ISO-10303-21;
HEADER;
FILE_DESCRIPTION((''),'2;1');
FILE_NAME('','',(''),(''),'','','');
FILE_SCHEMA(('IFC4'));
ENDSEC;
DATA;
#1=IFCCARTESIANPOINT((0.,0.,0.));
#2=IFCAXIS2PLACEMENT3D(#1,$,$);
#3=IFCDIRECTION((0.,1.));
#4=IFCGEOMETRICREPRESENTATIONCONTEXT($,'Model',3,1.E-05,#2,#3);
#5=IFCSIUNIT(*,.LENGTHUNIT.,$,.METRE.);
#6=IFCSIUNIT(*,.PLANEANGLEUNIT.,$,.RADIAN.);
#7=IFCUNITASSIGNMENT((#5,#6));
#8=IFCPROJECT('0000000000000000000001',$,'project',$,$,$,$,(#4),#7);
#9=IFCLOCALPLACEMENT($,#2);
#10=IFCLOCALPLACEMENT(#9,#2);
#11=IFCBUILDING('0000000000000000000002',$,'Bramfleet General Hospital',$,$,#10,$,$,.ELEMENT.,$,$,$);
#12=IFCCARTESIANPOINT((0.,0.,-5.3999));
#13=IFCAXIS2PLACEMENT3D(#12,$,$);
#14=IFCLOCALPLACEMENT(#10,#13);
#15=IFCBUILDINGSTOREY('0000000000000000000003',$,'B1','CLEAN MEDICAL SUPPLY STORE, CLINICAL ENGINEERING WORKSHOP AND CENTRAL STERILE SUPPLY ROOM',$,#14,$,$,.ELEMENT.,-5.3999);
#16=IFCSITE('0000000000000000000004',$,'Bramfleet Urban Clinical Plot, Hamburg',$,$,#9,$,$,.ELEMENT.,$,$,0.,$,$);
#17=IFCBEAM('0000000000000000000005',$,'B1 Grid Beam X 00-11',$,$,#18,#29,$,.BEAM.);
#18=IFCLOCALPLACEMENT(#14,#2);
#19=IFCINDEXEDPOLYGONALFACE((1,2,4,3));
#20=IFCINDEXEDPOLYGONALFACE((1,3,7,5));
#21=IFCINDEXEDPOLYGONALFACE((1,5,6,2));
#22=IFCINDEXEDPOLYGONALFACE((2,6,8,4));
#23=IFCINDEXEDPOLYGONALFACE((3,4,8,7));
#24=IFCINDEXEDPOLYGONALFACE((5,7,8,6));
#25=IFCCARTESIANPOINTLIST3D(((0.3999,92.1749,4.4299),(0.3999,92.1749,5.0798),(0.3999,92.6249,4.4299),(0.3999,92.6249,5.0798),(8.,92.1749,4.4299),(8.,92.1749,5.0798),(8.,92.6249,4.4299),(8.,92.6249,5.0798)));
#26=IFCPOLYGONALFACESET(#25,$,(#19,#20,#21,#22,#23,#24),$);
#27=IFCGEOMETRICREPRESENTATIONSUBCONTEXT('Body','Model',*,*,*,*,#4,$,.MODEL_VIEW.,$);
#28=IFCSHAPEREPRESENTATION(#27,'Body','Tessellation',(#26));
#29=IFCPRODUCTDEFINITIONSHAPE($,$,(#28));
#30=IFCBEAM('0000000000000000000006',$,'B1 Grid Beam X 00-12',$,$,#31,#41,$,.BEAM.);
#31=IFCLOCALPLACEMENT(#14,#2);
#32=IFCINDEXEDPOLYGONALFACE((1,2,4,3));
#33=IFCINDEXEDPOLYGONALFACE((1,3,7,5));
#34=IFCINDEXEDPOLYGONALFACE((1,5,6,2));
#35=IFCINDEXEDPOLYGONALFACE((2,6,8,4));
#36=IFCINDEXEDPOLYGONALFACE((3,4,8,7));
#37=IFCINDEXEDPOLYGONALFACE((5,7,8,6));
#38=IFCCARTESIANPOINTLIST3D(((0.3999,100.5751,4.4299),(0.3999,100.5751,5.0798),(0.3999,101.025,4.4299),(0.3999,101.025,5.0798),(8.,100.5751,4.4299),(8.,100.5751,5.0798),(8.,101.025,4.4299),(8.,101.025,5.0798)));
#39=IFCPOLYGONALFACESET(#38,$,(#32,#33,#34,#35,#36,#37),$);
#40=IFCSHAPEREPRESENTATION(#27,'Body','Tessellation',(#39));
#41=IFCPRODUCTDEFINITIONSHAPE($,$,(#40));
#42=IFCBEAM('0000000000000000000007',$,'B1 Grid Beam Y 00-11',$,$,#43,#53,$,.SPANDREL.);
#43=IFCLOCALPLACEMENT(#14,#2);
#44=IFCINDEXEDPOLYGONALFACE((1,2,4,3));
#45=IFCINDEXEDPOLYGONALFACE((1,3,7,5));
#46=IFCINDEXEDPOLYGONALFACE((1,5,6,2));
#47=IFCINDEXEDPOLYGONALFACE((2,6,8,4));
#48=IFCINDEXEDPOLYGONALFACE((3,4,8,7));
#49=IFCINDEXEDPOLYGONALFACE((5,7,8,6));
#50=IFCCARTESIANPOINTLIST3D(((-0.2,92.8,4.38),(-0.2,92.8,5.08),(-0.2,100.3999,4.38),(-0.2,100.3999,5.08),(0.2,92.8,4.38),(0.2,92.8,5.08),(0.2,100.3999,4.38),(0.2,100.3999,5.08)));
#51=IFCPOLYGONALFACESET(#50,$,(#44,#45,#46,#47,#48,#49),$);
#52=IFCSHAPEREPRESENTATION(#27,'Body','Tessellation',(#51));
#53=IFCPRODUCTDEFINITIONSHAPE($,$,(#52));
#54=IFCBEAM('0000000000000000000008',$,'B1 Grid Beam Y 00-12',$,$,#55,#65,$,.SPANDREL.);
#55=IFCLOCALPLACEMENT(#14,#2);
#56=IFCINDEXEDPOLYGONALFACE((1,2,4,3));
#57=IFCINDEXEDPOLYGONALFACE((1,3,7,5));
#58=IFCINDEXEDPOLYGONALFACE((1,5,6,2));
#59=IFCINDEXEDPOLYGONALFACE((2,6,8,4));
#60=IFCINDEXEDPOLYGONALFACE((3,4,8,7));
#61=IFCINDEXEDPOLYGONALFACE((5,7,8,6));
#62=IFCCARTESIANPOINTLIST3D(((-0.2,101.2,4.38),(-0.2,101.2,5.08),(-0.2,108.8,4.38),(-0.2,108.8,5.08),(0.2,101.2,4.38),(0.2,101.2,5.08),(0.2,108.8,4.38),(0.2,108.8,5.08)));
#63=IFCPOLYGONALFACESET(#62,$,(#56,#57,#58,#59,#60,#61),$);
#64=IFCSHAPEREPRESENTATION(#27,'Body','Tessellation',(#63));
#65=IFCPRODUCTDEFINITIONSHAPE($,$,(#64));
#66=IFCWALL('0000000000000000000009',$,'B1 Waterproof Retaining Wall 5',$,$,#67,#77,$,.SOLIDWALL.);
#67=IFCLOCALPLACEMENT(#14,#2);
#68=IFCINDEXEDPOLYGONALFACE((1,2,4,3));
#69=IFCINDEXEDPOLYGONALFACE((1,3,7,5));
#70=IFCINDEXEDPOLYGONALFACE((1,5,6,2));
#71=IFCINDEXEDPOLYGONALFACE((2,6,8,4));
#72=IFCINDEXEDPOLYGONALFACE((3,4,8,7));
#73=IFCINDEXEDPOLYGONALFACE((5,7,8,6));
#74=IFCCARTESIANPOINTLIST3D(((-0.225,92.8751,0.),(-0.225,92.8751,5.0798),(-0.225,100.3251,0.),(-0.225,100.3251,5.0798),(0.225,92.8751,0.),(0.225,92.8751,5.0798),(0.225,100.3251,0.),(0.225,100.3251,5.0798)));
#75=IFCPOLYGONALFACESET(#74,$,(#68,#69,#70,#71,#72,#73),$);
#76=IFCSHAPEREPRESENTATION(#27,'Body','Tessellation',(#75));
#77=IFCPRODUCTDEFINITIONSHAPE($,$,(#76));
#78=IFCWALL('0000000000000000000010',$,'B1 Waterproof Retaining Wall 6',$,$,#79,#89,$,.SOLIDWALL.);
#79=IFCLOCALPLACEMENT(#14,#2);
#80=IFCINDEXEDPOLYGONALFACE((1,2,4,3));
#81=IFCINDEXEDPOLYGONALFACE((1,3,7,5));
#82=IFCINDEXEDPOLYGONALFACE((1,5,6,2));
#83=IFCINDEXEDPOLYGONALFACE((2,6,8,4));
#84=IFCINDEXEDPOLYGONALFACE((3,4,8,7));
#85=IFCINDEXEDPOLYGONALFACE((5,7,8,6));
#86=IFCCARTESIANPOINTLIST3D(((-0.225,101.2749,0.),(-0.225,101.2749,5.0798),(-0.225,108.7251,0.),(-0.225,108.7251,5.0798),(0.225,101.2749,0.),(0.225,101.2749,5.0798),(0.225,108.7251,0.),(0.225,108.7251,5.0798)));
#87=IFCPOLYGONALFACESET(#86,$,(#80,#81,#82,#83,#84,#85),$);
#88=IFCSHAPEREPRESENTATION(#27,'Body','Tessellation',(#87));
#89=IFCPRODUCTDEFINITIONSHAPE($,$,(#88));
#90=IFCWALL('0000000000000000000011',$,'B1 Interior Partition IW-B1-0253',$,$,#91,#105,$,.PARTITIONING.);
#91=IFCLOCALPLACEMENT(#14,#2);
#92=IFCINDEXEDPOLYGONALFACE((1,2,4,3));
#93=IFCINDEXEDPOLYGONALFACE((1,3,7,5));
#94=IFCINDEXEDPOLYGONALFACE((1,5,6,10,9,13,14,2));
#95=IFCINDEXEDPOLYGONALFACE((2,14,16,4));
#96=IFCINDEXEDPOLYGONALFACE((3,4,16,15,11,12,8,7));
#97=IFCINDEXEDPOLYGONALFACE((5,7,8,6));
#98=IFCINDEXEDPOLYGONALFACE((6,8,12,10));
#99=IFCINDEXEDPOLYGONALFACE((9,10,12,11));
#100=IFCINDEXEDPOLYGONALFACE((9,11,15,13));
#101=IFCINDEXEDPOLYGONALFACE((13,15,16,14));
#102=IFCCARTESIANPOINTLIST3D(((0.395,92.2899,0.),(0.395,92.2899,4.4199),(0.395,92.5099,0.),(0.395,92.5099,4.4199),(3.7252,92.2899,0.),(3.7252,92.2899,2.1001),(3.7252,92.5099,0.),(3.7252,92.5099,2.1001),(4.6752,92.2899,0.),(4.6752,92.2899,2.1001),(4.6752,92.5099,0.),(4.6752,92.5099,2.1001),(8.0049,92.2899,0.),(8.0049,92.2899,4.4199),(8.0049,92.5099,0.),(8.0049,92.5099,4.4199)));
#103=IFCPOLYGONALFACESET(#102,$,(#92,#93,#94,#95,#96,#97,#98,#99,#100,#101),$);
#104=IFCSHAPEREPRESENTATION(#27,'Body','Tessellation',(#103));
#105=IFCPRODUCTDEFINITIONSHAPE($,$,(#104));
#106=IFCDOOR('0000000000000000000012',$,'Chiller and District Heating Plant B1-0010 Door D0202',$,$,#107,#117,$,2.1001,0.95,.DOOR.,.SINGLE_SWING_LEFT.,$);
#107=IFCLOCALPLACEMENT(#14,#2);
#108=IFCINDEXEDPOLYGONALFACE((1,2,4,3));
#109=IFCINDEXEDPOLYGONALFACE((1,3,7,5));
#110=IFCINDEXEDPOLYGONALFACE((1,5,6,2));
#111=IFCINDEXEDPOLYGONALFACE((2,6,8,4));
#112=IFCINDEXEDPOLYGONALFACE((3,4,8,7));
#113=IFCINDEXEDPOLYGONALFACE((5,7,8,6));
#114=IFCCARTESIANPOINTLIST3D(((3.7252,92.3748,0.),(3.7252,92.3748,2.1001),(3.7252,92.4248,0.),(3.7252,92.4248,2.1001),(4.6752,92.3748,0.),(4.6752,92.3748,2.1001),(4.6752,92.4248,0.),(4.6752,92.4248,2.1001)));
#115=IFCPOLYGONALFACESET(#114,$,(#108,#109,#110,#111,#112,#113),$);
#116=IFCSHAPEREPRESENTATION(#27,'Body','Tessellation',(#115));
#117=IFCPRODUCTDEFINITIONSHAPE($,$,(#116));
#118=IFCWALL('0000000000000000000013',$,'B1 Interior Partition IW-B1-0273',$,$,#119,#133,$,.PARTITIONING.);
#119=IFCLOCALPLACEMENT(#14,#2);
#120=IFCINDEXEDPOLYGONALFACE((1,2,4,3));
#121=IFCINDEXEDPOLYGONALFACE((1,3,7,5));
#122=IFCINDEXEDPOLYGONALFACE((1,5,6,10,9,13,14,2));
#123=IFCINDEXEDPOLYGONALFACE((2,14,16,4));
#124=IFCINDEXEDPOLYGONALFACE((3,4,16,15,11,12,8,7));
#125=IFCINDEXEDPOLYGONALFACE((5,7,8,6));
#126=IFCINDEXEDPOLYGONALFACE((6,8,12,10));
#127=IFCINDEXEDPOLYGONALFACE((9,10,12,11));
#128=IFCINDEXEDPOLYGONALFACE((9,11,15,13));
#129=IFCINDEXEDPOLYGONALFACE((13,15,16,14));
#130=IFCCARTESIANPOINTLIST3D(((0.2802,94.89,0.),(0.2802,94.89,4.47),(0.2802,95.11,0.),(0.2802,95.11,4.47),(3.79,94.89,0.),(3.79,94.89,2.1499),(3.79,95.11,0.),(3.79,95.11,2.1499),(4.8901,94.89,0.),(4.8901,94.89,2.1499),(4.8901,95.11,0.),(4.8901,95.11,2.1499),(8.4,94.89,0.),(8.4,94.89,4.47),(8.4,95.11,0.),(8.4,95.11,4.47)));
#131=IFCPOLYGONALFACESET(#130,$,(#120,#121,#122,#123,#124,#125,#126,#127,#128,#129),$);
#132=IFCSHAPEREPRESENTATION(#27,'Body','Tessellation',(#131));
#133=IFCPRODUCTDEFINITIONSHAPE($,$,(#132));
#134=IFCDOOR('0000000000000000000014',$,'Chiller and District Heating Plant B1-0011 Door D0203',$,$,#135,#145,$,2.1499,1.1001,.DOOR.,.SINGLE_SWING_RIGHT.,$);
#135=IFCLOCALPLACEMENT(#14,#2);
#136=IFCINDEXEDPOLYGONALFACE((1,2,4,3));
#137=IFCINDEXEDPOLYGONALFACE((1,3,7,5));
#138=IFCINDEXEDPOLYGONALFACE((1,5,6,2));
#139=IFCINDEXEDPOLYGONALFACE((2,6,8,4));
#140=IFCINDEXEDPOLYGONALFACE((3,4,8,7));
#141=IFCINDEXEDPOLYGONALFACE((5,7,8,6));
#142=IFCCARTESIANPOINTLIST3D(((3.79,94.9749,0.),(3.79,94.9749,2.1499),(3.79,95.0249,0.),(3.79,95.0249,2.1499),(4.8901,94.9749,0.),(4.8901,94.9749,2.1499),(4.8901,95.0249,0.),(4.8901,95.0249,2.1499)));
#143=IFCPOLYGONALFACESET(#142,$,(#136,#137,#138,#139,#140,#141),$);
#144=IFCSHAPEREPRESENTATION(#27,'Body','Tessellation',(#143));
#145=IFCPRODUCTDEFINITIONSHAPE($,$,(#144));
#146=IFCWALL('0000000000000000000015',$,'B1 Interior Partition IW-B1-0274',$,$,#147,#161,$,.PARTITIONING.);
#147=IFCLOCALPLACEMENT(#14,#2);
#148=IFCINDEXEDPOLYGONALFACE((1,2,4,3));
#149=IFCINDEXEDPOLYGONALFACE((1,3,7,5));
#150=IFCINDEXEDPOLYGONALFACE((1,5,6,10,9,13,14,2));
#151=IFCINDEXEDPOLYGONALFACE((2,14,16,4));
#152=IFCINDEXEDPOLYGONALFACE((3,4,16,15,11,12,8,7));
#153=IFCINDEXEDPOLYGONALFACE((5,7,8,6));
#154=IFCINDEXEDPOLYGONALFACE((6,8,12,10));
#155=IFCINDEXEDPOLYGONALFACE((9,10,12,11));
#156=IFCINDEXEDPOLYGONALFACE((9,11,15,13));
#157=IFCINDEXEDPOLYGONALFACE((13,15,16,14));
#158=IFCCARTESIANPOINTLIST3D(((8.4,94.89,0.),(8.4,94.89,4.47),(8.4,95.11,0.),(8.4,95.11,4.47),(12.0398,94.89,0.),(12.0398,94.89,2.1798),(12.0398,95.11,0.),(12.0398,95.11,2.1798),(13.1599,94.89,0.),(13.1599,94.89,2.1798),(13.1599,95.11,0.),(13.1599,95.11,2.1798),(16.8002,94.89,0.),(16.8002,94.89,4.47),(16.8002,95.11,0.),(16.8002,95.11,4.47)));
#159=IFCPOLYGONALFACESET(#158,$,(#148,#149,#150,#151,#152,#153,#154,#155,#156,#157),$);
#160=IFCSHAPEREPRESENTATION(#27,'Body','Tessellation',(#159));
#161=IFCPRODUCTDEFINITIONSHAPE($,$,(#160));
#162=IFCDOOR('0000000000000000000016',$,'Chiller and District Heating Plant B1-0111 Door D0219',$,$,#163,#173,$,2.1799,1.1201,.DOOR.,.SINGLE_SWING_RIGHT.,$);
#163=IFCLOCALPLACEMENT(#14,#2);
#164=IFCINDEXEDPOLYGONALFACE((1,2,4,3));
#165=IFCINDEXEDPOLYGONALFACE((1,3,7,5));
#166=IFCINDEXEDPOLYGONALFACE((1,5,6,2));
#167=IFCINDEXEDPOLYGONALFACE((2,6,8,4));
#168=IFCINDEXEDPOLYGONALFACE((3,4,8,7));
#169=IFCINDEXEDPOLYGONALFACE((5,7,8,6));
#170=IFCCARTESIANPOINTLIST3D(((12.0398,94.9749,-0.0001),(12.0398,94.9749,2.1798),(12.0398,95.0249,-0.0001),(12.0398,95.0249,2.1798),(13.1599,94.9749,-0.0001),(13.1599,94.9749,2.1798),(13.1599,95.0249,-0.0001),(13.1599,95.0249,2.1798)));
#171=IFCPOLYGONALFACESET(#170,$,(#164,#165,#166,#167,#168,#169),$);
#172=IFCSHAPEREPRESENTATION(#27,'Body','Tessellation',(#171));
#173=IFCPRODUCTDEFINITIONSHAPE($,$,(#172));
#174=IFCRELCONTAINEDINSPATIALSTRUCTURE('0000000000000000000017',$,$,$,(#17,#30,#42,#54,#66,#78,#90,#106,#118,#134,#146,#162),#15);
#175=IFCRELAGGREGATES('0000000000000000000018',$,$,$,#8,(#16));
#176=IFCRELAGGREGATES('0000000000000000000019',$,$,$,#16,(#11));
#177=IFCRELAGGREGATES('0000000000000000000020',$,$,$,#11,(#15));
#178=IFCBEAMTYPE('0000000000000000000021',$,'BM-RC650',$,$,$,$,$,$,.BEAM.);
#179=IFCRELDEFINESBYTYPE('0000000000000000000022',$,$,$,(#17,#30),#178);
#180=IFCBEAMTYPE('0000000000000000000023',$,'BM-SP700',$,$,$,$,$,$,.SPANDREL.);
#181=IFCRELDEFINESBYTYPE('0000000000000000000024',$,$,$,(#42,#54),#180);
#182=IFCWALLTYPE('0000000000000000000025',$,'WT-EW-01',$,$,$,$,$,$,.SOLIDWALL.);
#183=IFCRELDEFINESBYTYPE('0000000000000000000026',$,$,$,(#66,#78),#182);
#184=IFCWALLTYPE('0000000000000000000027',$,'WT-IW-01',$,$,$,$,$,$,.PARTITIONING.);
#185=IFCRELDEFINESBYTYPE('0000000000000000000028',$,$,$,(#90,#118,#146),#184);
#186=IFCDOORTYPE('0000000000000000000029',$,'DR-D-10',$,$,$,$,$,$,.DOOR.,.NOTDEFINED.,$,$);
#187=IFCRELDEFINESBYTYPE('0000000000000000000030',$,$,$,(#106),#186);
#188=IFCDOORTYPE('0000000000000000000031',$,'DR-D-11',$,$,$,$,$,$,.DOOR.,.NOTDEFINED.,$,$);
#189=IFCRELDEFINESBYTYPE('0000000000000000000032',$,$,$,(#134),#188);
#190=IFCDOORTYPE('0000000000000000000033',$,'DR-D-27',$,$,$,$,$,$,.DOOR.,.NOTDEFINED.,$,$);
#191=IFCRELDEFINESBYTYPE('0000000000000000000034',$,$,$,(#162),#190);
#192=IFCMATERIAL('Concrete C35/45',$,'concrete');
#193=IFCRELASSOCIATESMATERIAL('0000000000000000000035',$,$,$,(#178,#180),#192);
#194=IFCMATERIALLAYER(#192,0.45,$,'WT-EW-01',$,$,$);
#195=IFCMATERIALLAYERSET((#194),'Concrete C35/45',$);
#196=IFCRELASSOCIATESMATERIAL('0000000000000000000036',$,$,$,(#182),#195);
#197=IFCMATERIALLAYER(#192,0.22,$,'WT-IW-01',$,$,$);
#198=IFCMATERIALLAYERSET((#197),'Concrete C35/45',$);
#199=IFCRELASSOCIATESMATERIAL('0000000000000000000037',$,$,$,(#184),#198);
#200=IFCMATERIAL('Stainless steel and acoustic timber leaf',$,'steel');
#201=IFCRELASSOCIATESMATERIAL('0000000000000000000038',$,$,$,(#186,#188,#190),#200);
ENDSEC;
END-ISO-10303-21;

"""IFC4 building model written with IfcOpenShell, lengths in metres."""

from ifc_helpers import new_model, si_unit, direction, frame, frame_2d, origin, origin_2d, place, context, subcontext, project, spatial, rectangle, extrude, material, layer, layer_set, material_profile, profile_set, type_object, element, fill, save


model = new_model("IFC4")

# Units and contexts
model_context = context("Model", 3, precision=1e-05, world=origin(), true_north=direction((0.0, 1.0)))
body_context = subcontext(model_context, "Body", "Model", "MODEL_VIEW")
ifc_project = project(units=[si_unit("LENGTHUNIT", "METRE"), si_unit("PLANEANGLEUNIT", "RADIAN")], contexts=[model_context])

# Site, building, storey
site_placement = place(None, origin())
site = spatial("IfcSite", under=ifc_project, at=site_placement, Name="Bramfleet Urban Clinical Plot, Hamburg", CompositionType="ELEMENT", RefElevation=0.0)
building_placement = place(site_placement, origin())
building = spatial("IfcBuilding", under=site, at=building_placement, Name="Bramfleet General Hospital", CompositionType="ELEMENT")
storey_placement = place(building_placement, frame((0.0, 0.0, -5.3999)))
storey = spatial("IfcBuildingStorey", under=building, at=storey_placement, Name="B1", Description="CLEAN MEDICAL SUPPLY STORE, CLINICAL ENGINEERING WORKSHOP AND CENTRAL STERILE SUPPLY ROOM", CompositionType="ELEMENT", Elevation=-5.3999)

# Shared definitions
ifc_material_1 = material(Name="Concrete C35/45", Category="concrete")

# Beams
ifc_material_profile_1 = material_profile(ifc_material_1, rectangle(XDim=0.45, YDim=0.6499, at=origin_2d()), Name="RC BM 650x450")
ifc_profile_set_1 = profile_set([ifc_material_profile_1], Name="Concrete C35/45")
beam_type_1 = type_object("IfcBeamType", Name="BM-RC650", PredefinedType="BEAM", material=ifc_profile_set_1)
for number, where, z_axis, x_axis, name in (
    (1, (0.3999, 92.3999, 4.7549), (1.0, 0.0, 0.0), (0.0, 1.0, 0.0), "B1 Grid Beam X 00-11"),
    (2, (0.3999, 100.8, 4.7549), (1.0, 0.0, 0.0), (0.0, 1.0, 0.0), "B1 Grid Beam X 00-12"),
):
    element("IfcBeam", number, at=place(storey_placement, frame(where, z_axis=z_axis, x_axis=x_axis)), inside=storey, type_object=beam_type_1, Name=name, PredefinedType="BEAM", context=body_context, shape_type="SweptSolid", body=[
        extrude(rectangle(XDim=0.45, YDim=0.6499, at=origin_2d()), origin(), (0.0, 0.0, 1.0), 7.6001),
    ])
ifc_material_profile_2 = material_profile(ifc_material_1, rectangle(XDim=0.3999, YDim=0.7, at=origin_2d()), Name="RC SP 700x400")
ifc_profile_set_2 = profile_set([ifc_material_profile_2], Name="Concrete C35/45")
beam_type_2 = type_object("IfcBeamType", Name="BM-SP700", PredefinedType="SPANDREL", material=ifc_profile_set_2)
beam_1_placement = place(storey_placement, frame((0.0, 92.8, 4.73), z_axis=(0.0, 1.0, 0.0), x_axis=(-1.0, 0.0, 0.0)))
element("IfcBeam", 3, at=beam_1_placement, inside=storey, type_object=beam_type_2, Name="B1 Grid Beam Y 00-11", PredefinedType="SPANDREL", context=body_context, shape_type="SweptSolid", body=[
    extrude(rectangle(XDim=0.3999, YDim=0.7, at=origin_2d()), origin(), (0.0, 0.0, 1.0), 7.5999),
])
beam_2_placement = place(storey_placement, frame((0.0, 101.2, 4.73), z_axis=(0.0, 1.0, 0.0), x_axis=(-1.0, 0.0, 0.0)))
element("IfcBeam", 4, at=beam_2_placement, inside=storey, type_object=beam_type_2, Name="B1 Grid Beam Y 00-12", PredefinedType="SPANDREL", context=body_context, shape_type="SweptSolid", body=[
    extrude(rectangle(XDim=0.3999, YDim=0.7, at=origin_2d()), origin(), (0.0, 0.0, 1.0), 7.6001),
])

# Walls
ifc_layer_1 = layer(ifc_material_1, 0.45, Name="WT-EW-01")
ifc_layer_set_1 = layer_set([ifc_layer_1], Name="Concrete C35/45")
wall_type_1 = type_object("IfcWallType", Name="WT-EW-01", PredefinedType="SOLIDWALL", material=ifc_layer_set_1)
wall_1_placement = place(storey_placement, frame((0.0, 92.875, 0.0), z_axis=(0.0, 0.0, 1.0), x_axis=(0.0, 1.0, 0.0)))
element("IfcWall", 5, at=wall_1_placement, inside=storey, type_object=wall_type_1, Name="B1 Waterproof Retaining Wall 5", PredefinedType="SOLIDWALL", context=body_context, shape_type="SweptSolid", body=[
    extrude(rectangle(XDim=7.45, YDim=0.45, at=frame_2d((3.7251, 0.0))), origin(), (0.0, 0.0, 1.0), 5.0798),
])
wall_2_placement = place(storey_placement, frame((0.0, 101.2749, 0.0), z_axis=(0.0, 0.0, 1.0), x_axis=(0.0, 1.0, 0.0)))
element("IfcWall", 6, at=wall_2_placement, inside=storey, type_object=wall_type_1, Name="B1 Waterproof Retaining Wall 6", PredefinedType="SOLIDWALL", context=body_context, shape_type="SweptSolid", body=[
    extrude(rectangle(XDim=7.4502, YDim=0.45, at=frame_2d((3.7251, 0.0))), origin(), (0.0, 0.0, 1.0), 5.0798),
])

# Walls, openings, doors
ifc_layer_2 = layer(ifc_material_1, 0.22, Name="WT-IW-01")
ifc_layer_set_2 = layer_set([ifc_layer_2], Name="Concrete C35/45")
wall_type_2 = type_object("IfcWallType", Name="WT-IW-01", PredefinedType="PARTITIONING", material=ifc_layer_set_2)
wall_3_placement = place(storey_placement, frame((0.395, 92.3999, 0.0), z_axis=(0.0, 0.0, 1.0), x_axis=(1.0, 0.0, 0.0)))
wall_3 = element("IfcWall", 7, at=wall_3_placement, inside=storey, type_object=wall_type_2, Name="B1 Interior Partition IW-B1-0253", PredefinedType="PARTITIONING", context=body_context, shape_type="SweptSolid", body=[
    extrude(rectangle(XDim=7.6099, YDim=0.22, at=frame_2d((3.8049, 0.0))), origin(), (0.0, 0.0, 1.0), 4.4199),
])
opening_1_placement = place(wall_3_placement, frame((3.3301, 0.0, 0.0)))
opening_1 = element("IfcOpeningElement", 8, at=opening_1_placement, cuts=wall_3, PredefinedType="OPENING", context=body_context, shape_type="SweptSolid", body=[
    extrude(rectangle(XDim=0.95, YDim=2.1001, at=frame_2d((0.4751, 1.05))), frame((0.0, 0.1199, 0.0), z_axis=(0.0, -1.0, 0.0), x_axis=(1.0, 0.0, 0.0)), (0.0, 0.0, 1.0), 0.24),
])
ifc_material_2 = material(Name="Stainless steel and acoustic timber leaf", Category="steel")
door_type_1 = type_object("IfcDoorType", Name="DR-D-10", OperationType="NOTDEFINED", PredefinedType="DOOR", material=ifc_material_2)
door_1_placement = place(opening_1_placement, origin())
door_1 = element("IfcDoor", 9, at=door_1_placement, inside=storey, type_object=door_type_1, Name="Chiller and District Heating Plant B1-0010 Door D0202", OperationType="SINGLE_SWING_LEFT", OverallHeight=2.1001, OverallWidth=0.95, PredefinedType="DOOR", context=body_context, shape_type="SweptSolid", body=[
    extrude(rectangle(XDim=0.95, YDim=2.1001, at=frame_2d((0.4751, 1.05))), frame((0.0, 0.0249, 0.0), z_axis=(0.0, -1.0, 0.0), x_axis=(1.0, 0.0, 0.0)), (0.0, 0.0, 1.0), 0.05),
])
fill(opening_1, door_1)
wall_4_placement = place(storey_placement, frame((0.28, 95.0, 0.0), z_axis=(0.0, 0.0, 1.0), x_axis=(1.0, 0.0, 0.0)))
wall_4 = element("IfcWall", 10, at=wall_4_placement, inside=storey, type_object=wall_type_2, Name="B1 Interior Partition IW-B1-0273", PredefinedType="PARTITIONING", context=body_context, shape_type="SweptSolid", body=[
    extrude(rectangle(XDim=8.1199, YDim=0.22, at=frame_2d((4.0601, 0.0))), origin(), (0.0, 0.0, 1.0), 4.47),
])
opening_2_placement = place(wall_4_placement, frame((3.51, 0.0, 0.0)))
opening_2 = element("IfcOpeningElement", 11, at=opening_2_placement, cuts=wall_4, PredefinedType="OPENING", context=body_context, shape_type="SweptSolid", body=[
    extrude(rectangle(XDim=1.1001, YDim=2.1499, at=frame_2d((0.55, 1.075))), frame((0.0, 0.1199, 0.0), z_axis=(0.0, -1.0, 0.0), x_axis=(1.0, 0.0, 0.0)), (0.0, 0.0, 1.0), 0.24),
])
door_type_2 = type_object("IfcDoorType", Name="DR-D-11", OperationType="NOTDEFINED", PredefinedType="DOOR", material=ifc_material_2)
door_2_placement = place(opening_2_placement, origin())
door_2 = element("IfcDoor", 12, at=door_2_placement, inside=storey, type_object=door_type_2, Name="Chiller and District Heating Plant B1-0011 Door D0203", OperationType="SINGLE_SWING_RIGHT", OverallHeight=2.1499, OverallWidth=1.1001, PredefinedType="DOOR", context=body_context, shape_type="SweptSolid", body=[
    extrude(rectangle(XDim=1.1001, YDim=2.1499, at=frame_2d((0.55, 1.075))), frame((0.0, 0.0249, 0.0), z_axis=(0.0, -1.0, 0.0), x_axis=(1.0, 0.0, 0.0)), (0.0, 0.0, 1.0), 0.05),
])
fill(opening_2, door_2)
wall_5_placement = place(storey_placement, frame((8.3999, 95.0, 0.0), z_axis=(0.0, 0.0, 1.0), x_axis=(1.0, 0.0, 0.0)))
wall_5 = element("IfcWall", 13, at=wall_5_placement, inside=storey, type_object=wall_type_2, Name="B1 Interior Partition IW-B1-0274", PredefinedType="PARTITIONING", context=body_context, shape_type="SweptSolid", body=[
    extrude(rectangle(XDim=8.4001, YDim=0.22, at=frame_2d((4.2002, 0.0))), origin(), (0.0, 0.0, 1.0), 4.47),
])
opening_3_placement = place(wall_5_placement, frame((3.6399, 0.0, 0.0)))
opening_3 = element("IfcOpeningElement", 14, at=opening_3_placement, cuts=wall_5, PredefinedType="OPENING", context=body_context, shape_type="SweptSolid", body=[
    extrude(rectangle(XDim=1.1201, YDim=2.1799, at=frame_2d((0.5601, 1.0898))), frame((0.0, 0.1199, 0.0), z_axis=(0.0, -1.0, 0.0), x_axis=(1.0, 0.0, 0.0)), (0.0, 0.0, 1.0), 0.24),
])
door_type_3 = type_object("IfcDoorType", Name="DR-D-27", OperationType="NOTDEFINED", PredefinedType="DOOR", material=ifc_material_2)
door_3_placement = place(opening_3_placement, origin())
door_3 = element("IfcDoor", 15, at=door_3_placement, inside=storey, type_object=door_type_3, Name="Chiller and District Heating Plant B1-0111 Door D0219", OperationType="SINGLE_SWING_RIGHT", OverallHeight=2.1799, OverallWidth=1.1201, PredefinedType="DOOR", context=body_context, shape_type="SweptSolid", body=[
    extrude(rectangle(XDim=1.1201, YDim=2.1799, at=frame_2d((0.5601, 1.0898))), frame((0.0, 0.0249, 0.0), z_axis=(0.0, -1.0, 0.0), x_axis=(1.0, 0.0, 0.0)), (0.0, 0.0, 1.0), 0.05),
])
fill(opening_3, door_3)

save(model, "model.ifc")
